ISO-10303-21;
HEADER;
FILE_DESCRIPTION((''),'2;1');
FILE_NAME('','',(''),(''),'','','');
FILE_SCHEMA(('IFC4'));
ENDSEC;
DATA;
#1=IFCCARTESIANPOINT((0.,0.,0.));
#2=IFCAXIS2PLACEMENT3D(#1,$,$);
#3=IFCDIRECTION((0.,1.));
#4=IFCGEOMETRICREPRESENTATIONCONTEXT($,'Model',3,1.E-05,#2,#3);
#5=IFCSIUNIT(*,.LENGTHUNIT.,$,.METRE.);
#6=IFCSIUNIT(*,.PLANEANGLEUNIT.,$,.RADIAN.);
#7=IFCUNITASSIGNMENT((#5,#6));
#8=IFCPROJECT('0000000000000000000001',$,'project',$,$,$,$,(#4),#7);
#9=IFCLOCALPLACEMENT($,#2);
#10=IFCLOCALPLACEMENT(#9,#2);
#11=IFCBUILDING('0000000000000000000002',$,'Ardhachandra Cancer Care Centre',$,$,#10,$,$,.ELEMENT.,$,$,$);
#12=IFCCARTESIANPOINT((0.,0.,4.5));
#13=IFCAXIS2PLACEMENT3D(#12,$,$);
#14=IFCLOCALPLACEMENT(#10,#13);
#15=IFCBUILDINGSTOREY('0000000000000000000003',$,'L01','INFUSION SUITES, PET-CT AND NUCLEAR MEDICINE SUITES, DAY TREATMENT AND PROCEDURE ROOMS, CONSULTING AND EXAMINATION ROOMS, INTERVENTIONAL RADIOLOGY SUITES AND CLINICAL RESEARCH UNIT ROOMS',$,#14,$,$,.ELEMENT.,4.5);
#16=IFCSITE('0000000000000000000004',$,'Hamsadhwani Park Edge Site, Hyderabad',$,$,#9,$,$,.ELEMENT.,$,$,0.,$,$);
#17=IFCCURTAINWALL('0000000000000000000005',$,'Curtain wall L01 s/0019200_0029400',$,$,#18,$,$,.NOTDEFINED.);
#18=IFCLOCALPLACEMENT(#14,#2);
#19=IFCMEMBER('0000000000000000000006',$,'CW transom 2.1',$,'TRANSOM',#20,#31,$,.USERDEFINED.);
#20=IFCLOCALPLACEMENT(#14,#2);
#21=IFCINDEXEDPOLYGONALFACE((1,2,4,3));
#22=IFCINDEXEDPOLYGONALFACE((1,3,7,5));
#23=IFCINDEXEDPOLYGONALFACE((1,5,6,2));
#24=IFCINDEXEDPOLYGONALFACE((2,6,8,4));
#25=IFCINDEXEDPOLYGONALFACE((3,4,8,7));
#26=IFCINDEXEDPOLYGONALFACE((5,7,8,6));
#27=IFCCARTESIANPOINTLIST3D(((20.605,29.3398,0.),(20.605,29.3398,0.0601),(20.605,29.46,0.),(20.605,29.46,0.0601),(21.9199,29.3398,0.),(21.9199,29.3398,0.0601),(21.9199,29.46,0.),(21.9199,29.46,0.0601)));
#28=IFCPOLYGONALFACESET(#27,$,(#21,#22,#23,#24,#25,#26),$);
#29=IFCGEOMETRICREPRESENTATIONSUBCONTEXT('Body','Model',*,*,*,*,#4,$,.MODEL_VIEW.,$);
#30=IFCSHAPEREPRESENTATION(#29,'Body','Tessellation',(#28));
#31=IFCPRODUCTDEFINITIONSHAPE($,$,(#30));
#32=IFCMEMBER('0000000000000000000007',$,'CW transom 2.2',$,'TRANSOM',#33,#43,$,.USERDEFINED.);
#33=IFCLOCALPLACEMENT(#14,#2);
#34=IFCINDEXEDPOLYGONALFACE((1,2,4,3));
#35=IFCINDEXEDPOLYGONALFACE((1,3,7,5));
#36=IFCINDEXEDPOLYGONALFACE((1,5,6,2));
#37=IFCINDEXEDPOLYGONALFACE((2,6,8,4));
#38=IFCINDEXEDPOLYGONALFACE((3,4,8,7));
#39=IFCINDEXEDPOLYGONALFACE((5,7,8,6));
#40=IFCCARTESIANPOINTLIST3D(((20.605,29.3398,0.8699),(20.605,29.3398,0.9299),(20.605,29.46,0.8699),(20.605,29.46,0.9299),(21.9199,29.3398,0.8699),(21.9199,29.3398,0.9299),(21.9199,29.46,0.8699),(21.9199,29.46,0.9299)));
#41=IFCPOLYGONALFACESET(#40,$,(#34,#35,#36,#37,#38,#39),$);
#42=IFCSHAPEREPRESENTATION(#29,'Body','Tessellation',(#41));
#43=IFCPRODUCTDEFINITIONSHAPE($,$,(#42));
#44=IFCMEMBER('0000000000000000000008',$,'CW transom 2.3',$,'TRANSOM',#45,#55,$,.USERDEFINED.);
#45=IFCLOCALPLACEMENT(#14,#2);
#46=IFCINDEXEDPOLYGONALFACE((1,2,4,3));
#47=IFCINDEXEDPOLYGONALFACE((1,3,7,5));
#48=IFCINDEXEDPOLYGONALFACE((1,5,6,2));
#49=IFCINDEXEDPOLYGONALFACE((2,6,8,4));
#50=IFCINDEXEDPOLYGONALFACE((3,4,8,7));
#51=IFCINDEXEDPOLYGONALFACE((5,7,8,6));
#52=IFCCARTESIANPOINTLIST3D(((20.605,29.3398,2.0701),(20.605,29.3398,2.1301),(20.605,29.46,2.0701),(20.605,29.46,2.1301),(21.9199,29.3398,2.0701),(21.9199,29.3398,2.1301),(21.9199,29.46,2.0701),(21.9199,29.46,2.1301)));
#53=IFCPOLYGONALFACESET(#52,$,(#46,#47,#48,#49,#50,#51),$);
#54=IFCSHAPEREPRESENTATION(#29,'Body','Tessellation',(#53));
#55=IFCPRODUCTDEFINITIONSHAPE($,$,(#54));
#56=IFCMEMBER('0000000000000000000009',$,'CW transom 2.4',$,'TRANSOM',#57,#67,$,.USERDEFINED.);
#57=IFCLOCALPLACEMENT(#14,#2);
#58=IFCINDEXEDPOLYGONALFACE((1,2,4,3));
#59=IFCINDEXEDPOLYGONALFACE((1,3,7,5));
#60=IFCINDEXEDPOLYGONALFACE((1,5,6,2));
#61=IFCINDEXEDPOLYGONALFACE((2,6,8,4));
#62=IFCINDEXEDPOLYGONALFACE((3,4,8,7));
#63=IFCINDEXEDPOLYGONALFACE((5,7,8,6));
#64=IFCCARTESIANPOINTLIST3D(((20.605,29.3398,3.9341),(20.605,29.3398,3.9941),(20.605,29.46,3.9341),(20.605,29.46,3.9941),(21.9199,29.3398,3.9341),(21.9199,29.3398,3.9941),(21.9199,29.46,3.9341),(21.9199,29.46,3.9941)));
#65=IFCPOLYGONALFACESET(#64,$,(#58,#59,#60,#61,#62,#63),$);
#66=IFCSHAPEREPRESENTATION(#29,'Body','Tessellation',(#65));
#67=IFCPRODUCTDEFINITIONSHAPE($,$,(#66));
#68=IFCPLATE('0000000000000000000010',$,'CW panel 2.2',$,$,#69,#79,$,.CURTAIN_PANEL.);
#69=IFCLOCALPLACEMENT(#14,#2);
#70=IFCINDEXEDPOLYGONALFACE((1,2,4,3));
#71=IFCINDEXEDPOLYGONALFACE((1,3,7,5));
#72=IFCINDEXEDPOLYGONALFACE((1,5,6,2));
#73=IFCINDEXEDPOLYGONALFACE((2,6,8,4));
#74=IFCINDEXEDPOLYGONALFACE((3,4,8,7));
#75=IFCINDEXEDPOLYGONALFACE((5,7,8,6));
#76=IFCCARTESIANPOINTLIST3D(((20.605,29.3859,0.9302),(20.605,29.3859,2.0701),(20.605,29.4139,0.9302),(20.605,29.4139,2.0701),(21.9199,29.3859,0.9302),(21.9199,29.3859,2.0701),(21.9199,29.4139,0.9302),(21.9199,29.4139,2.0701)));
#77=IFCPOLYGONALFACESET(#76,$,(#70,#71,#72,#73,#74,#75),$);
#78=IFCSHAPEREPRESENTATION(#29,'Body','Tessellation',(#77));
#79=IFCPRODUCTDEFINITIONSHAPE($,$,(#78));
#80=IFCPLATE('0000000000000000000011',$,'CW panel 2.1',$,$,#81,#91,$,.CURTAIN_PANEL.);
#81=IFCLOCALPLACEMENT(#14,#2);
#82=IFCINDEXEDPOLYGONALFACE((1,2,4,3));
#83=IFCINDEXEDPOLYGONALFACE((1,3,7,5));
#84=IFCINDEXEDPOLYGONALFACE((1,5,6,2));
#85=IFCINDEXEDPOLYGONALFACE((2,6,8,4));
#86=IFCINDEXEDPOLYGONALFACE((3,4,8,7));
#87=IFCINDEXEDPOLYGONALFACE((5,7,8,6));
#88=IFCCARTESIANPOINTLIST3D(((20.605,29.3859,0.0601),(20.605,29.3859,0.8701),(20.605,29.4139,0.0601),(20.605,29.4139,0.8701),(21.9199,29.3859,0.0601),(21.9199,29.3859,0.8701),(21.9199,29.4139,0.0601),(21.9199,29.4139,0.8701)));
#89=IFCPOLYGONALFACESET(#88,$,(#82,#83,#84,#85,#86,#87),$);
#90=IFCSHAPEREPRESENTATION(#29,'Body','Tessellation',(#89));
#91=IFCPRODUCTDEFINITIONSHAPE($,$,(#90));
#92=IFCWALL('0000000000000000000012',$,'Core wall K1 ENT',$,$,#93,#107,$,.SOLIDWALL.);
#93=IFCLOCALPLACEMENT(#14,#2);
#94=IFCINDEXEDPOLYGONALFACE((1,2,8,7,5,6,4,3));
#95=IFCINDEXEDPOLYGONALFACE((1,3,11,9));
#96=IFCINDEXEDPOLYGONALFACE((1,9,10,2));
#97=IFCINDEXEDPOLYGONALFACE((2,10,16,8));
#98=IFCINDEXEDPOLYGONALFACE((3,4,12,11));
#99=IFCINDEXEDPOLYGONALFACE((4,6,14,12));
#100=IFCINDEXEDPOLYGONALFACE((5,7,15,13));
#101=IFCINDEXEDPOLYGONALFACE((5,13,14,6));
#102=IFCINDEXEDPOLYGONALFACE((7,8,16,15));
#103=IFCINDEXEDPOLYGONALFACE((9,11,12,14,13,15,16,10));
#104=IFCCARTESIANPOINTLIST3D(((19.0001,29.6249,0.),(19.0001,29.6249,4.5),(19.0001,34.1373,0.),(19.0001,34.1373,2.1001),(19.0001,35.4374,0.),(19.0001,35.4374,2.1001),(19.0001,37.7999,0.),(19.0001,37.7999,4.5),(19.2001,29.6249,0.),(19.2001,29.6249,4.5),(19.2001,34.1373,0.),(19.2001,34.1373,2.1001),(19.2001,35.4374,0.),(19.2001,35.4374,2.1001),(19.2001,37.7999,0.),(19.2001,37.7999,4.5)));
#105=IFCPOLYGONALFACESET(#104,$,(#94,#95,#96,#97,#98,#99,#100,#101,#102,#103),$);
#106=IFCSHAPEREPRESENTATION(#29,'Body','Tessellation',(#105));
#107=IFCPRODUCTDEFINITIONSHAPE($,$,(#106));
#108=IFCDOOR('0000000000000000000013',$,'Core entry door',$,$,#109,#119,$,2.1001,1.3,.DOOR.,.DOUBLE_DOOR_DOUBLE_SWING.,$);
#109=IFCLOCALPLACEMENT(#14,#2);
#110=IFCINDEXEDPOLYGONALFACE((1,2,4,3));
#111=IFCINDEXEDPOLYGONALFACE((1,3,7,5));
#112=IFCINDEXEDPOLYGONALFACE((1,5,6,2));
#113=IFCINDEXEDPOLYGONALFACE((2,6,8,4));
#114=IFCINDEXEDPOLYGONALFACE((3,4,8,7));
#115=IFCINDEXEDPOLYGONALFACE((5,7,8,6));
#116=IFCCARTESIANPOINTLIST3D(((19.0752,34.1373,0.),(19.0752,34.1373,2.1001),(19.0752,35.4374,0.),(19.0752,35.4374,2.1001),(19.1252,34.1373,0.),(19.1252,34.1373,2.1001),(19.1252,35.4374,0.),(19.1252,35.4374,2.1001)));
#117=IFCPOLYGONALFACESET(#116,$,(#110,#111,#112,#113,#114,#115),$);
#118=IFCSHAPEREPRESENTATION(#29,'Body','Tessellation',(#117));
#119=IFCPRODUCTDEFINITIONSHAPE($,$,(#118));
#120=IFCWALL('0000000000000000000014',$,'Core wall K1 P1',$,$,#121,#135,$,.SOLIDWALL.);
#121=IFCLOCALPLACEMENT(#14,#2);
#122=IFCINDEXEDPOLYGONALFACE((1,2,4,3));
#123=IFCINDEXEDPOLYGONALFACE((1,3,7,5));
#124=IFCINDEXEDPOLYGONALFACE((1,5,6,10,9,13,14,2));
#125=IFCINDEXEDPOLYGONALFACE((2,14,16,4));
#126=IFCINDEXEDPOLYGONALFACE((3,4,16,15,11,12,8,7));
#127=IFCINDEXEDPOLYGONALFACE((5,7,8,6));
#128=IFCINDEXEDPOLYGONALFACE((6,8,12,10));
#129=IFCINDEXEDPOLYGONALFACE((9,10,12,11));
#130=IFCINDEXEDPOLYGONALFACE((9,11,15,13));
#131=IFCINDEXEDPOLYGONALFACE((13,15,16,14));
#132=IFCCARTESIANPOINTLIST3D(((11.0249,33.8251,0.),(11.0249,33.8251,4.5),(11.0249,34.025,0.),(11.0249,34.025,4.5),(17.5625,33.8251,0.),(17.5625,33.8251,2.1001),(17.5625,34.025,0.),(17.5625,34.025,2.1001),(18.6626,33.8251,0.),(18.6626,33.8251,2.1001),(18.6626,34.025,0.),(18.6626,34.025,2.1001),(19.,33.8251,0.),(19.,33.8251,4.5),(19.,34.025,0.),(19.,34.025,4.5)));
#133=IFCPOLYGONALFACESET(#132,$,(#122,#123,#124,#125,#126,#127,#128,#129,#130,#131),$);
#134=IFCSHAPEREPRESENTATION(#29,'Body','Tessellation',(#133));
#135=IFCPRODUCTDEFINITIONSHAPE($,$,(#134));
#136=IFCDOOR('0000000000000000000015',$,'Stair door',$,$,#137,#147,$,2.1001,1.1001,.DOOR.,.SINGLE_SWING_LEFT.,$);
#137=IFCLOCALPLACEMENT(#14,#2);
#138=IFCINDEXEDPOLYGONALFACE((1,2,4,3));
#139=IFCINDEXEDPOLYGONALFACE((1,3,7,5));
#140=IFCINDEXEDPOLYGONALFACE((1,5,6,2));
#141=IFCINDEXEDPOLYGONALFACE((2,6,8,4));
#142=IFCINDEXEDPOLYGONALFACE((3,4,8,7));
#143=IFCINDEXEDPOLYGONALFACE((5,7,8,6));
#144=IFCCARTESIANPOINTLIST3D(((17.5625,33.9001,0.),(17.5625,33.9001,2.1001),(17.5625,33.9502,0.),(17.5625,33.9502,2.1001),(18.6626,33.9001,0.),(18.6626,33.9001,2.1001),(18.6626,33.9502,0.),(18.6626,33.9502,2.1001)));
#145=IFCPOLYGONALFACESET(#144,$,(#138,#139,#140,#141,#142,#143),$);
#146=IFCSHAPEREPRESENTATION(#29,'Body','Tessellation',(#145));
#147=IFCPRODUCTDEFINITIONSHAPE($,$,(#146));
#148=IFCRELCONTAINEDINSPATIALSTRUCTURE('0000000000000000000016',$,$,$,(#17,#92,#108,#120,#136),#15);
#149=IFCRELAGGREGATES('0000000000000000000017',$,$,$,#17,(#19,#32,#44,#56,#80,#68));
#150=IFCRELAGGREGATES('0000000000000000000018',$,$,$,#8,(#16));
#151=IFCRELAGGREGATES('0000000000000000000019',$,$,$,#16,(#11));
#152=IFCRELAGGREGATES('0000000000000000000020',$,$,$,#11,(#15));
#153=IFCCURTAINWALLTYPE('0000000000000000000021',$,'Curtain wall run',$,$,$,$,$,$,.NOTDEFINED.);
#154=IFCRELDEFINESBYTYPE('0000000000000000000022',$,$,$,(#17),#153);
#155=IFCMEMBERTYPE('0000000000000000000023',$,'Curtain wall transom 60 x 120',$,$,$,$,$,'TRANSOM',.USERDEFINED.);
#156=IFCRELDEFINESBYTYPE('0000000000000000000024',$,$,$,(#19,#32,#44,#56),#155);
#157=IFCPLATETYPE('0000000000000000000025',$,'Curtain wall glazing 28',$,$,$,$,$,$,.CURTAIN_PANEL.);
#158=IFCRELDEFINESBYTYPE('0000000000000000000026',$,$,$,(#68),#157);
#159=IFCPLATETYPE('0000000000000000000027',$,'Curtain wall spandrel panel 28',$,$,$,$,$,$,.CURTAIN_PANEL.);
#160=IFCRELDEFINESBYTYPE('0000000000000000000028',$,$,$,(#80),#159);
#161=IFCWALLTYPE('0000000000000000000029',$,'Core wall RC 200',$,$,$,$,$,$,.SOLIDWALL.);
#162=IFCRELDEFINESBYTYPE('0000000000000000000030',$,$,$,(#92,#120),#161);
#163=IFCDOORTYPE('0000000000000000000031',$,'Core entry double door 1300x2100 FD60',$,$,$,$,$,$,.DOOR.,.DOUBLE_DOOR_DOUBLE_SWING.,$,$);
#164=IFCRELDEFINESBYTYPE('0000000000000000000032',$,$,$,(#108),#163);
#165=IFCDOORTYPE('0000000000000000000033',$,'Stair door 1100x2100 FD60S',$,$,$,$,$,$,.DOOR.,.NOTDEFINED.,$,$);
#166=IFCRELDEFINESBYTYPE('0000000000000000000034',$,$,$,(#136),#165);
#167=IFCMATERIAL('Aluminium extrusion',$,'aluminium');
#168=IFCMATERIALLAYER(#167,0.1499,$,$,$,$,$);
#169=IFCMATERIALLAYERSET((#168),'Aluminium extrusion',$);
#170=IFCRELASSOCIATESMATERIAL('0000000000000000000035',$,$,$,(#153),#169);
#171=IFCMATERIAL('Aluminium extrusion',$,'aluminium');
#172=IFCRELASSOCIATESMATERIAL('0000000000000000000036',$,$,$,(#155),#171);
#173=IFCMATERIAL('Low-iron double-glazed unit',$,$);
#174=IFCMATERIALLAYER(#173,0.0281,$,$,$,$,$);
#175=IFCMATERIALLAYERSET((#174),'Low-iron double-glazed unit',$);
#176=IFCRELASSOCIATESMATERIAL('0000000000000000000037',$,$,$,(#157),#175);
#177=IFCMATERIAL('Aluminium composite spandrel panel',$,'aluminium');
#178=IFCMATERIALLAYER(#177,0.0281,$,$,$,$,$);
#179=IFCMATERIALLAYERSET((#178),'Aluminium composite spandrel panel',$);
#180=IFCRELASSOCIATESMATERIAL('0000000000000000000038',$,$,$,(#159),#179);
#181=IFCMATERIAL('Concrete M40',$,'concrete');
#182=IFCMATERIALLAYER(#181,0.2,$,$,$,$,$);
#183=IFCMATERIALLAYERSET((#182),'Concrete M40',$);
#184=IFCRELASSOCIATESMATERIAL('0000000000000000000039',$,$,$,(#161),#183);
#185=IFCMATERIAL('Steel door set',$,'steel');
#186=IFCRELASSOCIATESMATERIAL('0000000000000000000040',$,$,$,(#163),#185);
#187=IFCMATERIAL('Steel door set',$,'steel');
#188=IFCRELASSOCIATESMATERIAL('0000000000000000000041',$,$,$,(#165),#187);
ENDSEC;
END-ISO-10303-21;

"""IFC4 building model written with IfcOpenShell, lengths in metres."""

from ifc_helpers import new_model, si_unit, direction, frame, frame_2d, origin, origin_2d, place, context, subcontext, project, spatial, rectangle, extrude, material, layer, layer_set, material_profile, profile_set, type_object, element, fill, aggregate, save


model = new_model("IFC4")

# Units and contexts
model_context = context("Model", 3, precision=1e-05, world=origin(), true_north=direction((0.0, 1.0)))
body_context = subcontext(model_context, "Body", "Model", "MODEL_VIEW")
ifc_project = project(units=[si_unit("LENGTHUNIT", "METRE"), si_unit("PLANEANGLEUNIT", "RADIAN")], contexts=[model_context])

# Site, building, storey
site_placement = place(None, origin())
site = spatial("IfcSite", under=ifc_project, at=site_placement, Name="Hamsadhwani Park Edge Site, Hyderabad", CompositionType="ELEMENT", RefElevation=0.0)
building_placement = place(site_placement, origin())
building = spatial("IfcBuilding", under=site, at=building_placement, Name="Ardhachandra Cancer Care Centre", CompositionType="ELEMENT")
storey_placement = place(building_placement, frame((0.0, 0.0, 4.5)))
storey = spatial("IfcBuildingStorey", under=building, at=storey_placement, Name="L01", Description="INFUSION SUITES, PET-CT AND NUCLEAR MEDICINE SUITES, DAY TREATMENT AND PROCEDURE ROOMS, CONSULTING AND EXAMINATION ROOMS, INTERVENTIONAL RADIOLOGY SUITES AND CLINICAL RESEARCH UNIT ROOMS", CompositionType="ELEMENT", Elevation=4.5)

# Curtain wall, members, plates
ifc_material_1 = material(Name="Aluminium extrusion", Category="aluminium")
ifc_layer_1 = layer(ifc_material_1, 0.1499)
ifc_layer_set_1 = layer_set([ifc_layer_1], Name="Aluminium extrusion")
curtain_wall_type = type_object("IfcCurtainWallType", Name="Curtain wall run", PredefinedType="NOTDEFINED", material=ifc_layer_set_1)
curtain_wall_placement = place(storey_placement, origin())
curtain_wall = element("IfcCurtainWall", 1, at=curtain_wall_placement, inside=storey, type_object=curtain_wall_type, Name="Curtain wall L01 s/0019200_0029400", PredefinedType="NOTDEFINED")
ifc_material_2 = material(Name="Aluminium extrusion", Category="aluminium")
ifc_material_profile = material_profile(ifc_material_2, rectangle(XDim=0.1201, YDim=0.0601, at=origin_2d()), Name="Curtain wall transom 60 x 120")
ifc_profile_set = profile_set([ifc_material_profile], Name="Aluminium extrusion")
member_type = type_object("IfcMemberType", Name="Curtain wall transom 60 x 120", ElementType="TRANSOM", PredefinedType="USERDEFINED", material=ifc_profile_set)
member_1_placement = place(storey_placement, frame((20.605, 29.3999, 0.03), z_axis=(1.0, 0.0, 0.0), x_axis=(0.0, 1.0, 0.0)))
member_1 = element("IfcMember", 2, at=member_1_placement, type_object=member_type, Name="CW transom 2.1", ObjectType="TRANSOM", PredefinedType="USERDEFINED", context=body_context, shape_type="SweptSolid", body=[
    extrude(rectangle(XDim=0.1201, YDim=0.0601, at=origin_2d()), origin(), (0.0, 0.0, 1.0), 1.3149),
])
member_2_placement = place(storey_placement, frame((20.605, 29.3999, 0.8999), z_axis=(1.0, 0.0, 0.0), x_axis=(0.0, 1.0, 0.0)))
member_2 = element("IfcMember", 3, at=member_2_placement, type_object=member_type, Name="CW transom 2.2", ObjectType="TRANSOM", PredefinedType="USERDEFINED", context=body_context, shape_type="SweptSolid", body=[
    extrude(rectangle(XDim=0.1201, YDim=0.0601, at=origin_2d()), origin(), (0.0, 0.0, 1.0), 1.3149),
])
member_3_placement = place(storey_placement, frame((20.605, 29.3999, 2.1001), z_axis=(1.0, 0.0, 0.0), x_axis=(0.0, 1.0, 0.0)))
member_3 = element("IfcMember", 4, at=member_3_placement, type_object=member_type, Name="CW transom 2.3", ObjectType="TRANSOM", PredefinedType="USERDEFINED", context=body_context, shape_type="SweptSolid", body=[
    extrude(rectangle(XDim=0.1201, YDim=0.0601, at=origin_2d()), origin(), (0.0, 0.0, 1.0), 1.3149),
])
member_4_placement = place(storey_placement, frame((20.605, 29.3999, 3.9641), z_axis=(1.0, 0.0, 0.0), x_axis=(0.0, 1.0, 0.0)))
member_4 = element("IfcMember", 5, at=member_4_placement, type_object=member_type, Name="CW transom 2.4", ObjectType="TRANSOM", PredefinedType="USERDEFINED", context=body_context, shape_type="SweptSolid", body=[
    extrude(rectangle(XDim=0.1201, YDim=0.0601, at=origin_2d()), origin(), (0.0, 0.0, 1.0), 1.3149),
])
ifc_material_3 = material(Name="Low-iron double-glazed unit")
ifc_layer_2 = layer(ifc_material_3, 0.0281)
ifc_layer_set_2 = layer_set([ifc_layer_2], Name="Low-iron double-glazed unit")
plate_type_1 = type_object("IfcPlateType", Name="Curtain wall glazing 28", PredefinedType="CURTAIN_PANEL", material=ifc_layer_set_2)
plate_1_placement = place(storey_placement, frame((21.2625, 29.3999, 0.9302), z_axis=(0.0, 0.0, 1.0), x_axis=(1.0, 0.0, 0.0)))
plate_1 = element("IfcPlate", 6, at=plate_1_placement, type_object=plate_type_1, Name="CW panel 2.2", PredefinedType="CURTAIN_PANEL", context=body_context, shape_type="SweptSolid", body=[
    extrude(rectangle(XDim=1.3149, YDim=0.0281, at=origin_2d()), origin(), (0.0, 0.0, 1.0), 1.1399),
])
ifc_material_4 = material(Name="Aluminium composite spandrel panel", Category="aluminium")
ifc_layer_3 = layer(ifc_material_4, 0.0281)
ifc_layer_set_3 = layer_set([ifc_layer_3], Name="Aluminium composite spandrel panel")
plate_type_2 = type_object("IfcPlateType", Name="Curtain wall spandrel panel 28", PredefinedType="CURTAIN_PANEL", material=ifc_layer_set_3)
plate_2_placement = place(storey_placement, frame((21.2625, 29.3999, 0.0601), z_axis=(0.0, 0.0, 1.0), x_axis=(1.0, 0.0, 0.0)))
plate_2 = element("IfcPlate", 7, at=plate_2_placement, type_object=plate_type_2, Name="CW panel 2.1", PredefinedType="CURTAIN_PANEL", context=body_context, shape_type="SweptSolid", body=[
    extrude(rectangle(XDim=1.3149, YDim=0.0281, at=origin_2d()), origin(), (0.0, 0.0, 1.0), 0.8101),
])
aggregate(curtain_wall, [member_1, member_2, member_3, member_4, plate_2, plate_1])

# Walls, openings, doors
ifc_material_5 = material(Name="Concrete M40", Category="concrete")
ifc_layer_4 = layer(ifc_material_5, 0.2)
ifc_layer_set_4 = layer_set([ifc_layer_4], Name="Concrete M40")
wall_type = type_object("IfcWallType", Name="Core wall RC 200", PredefinedType="SOLIDWALL", material=ifc_layer_set_4)
wall_1_placement = place(storey_placement, frame((19.1001, 29.625, 0.0), z_axis=(0.0, 0.0, 1.0), x_axis=(0.0, 1.0, 0.0)))
wall_1 = element("IfcWall", 8, at=wall_1_placement, inside=storey, type_object=wall_type, Name="Core wall K1 ENT", PredefinedType="SOLIDWALL", context=body_context, shape_type="SweptSolid", body=[
    extrude(rectangle(XDim=8.175, YDim=0.2, at=frame_2d((4.0874, 0.0))), origin(), (0.0, 0.0, 1.0), 4.5),
])
opening_1_placement = place(wall_1_placement, frame((4.5125, 0.0, 0.0)))
opening_1 = element("IfcOpeningElement", 9, at=opening_1_placement, cuts=wall_1, PredefinedType="OPENING", context=body_context, shape_type="SweptSolid", body=[
    extrude(rectangle(XDim=1.3, YDim=2.1001, at=frame_2d((0.6499, 1.05))), frame((0.0, 0.1099, 0.0), z_axis=(0.0, -1.0, 0.0), x_axis=(1.0, 0.0, 0.0)), (0.0, 0.0, 1.0), 0.22),
])
ifc_material_6 = material(Name="Steel door set", Category="steel")
door_type_1 = type_object("IfcDoorType", Name="Core entry double door 1300x2100 FD60", OperationType="DOUBLE_DOOR_DOUBLE_SWING", PredefinedType="DOOR", material=ifc_material_6)
door_1_placement = place(opening_1_placement, origin())
door_1 = element("IfcDoor", 10, at=door_1_placement, inside=storey, type_object=door_type_1, Name="Core entry door", OperationType="DOUBLE_DOOR_DOUBLE_SWING", OverallHeight=2.1001, OverallWidth=1.3, PredefinedType="DOOR", context=body_context, shape_type="SweptSolid", body=[
    extrude(rectangle(XDim=1.3, YDim=2.1001, at=frame_2d((0.6499, 1.05))), frame((0.0, 0.0249, 0.0), z_axis=(0.0, -1.0, 0.0), x_axis=(1.0, 0.0, 0.0)), (0.0, 0.0, 1.0), 0.05),
])
fill(opening_1, door_1)
wall_2_placement = place(storey_placement, frame((19.0, 33.925, 0.0), z_axis=(0.0, 0.0, 1.0), x_axis=(-1.0, 0.0, 0.0)))
wall_2 = element("IfcWall", 11, at=wall_2_placement, inside=storey, type_object=wall_type, Name="Core wall K1 P1", PredefinedType="SOLIDWALL", context=body_context, shape_type="SweptSolid", body=[
    extrude(rectangle(XDim=7.9751, YDim=0.2, at=frame_2d((3.9875, 0.0))), origin(), (0.0, 0.0, 1.0), 4.5),
])
opening_2_placement = place(wall_2_placement, frame((0.3374, 0.0, 0.0)))
opening_2 = element("IfcOpeningElement", 12, at=opening_2_placement, cuts=wall_2, PredefinedType="OPENING", context=body_context, shape_type="SweptSolid", body=[
    extrude(rectangle(XDim=1.1001, YDim=2.1001, at=frame_2d((0.55, 1.05))), frame((0.0, 0.1099, 0.0), z_axis=(0.0, -1.0, 0.0), x_axis=(1.0, 0.0, 0.0)), (0.0, 0.0, 1.0), 0.22),
])
ifc_material_7 = material(Name="Steel door set", Category="steel")
door_type_2 = type_object("IfcDoorType", Name="Stair door 1100x2100 FD60S", OperationType="NOTDEFINED", PredefinedType="DOOR", material=ifc_material_7)
door_2_placement = place(opening_2_placement, origin())
door_2 = element("IfcDoor", 13, at=door_2_placement, inside=storey, type_object=door_type_2, Name="Stair door", OperationType="SINGLE_SWING_LEFT", OverallHeight=2.1001, OverallWidth=1.1001, PredefinedType="DOOR", context=body_context, shape_type="SweptSolid", body=[
    extrude(rectangle(XDim=1.1001, YDim=2.1001, at=frame_2d((0.55, 1.05))), frame((0.0, 0.0249, 0.0), z_axis=(0.0, -1.0, 0.0), x_axis=(1.0, 0.0, 0.0)), (0.0, 0.0, 1.0), 0.05),
])
fill(opening_2, door_2)

save(model, "model.ifc")
